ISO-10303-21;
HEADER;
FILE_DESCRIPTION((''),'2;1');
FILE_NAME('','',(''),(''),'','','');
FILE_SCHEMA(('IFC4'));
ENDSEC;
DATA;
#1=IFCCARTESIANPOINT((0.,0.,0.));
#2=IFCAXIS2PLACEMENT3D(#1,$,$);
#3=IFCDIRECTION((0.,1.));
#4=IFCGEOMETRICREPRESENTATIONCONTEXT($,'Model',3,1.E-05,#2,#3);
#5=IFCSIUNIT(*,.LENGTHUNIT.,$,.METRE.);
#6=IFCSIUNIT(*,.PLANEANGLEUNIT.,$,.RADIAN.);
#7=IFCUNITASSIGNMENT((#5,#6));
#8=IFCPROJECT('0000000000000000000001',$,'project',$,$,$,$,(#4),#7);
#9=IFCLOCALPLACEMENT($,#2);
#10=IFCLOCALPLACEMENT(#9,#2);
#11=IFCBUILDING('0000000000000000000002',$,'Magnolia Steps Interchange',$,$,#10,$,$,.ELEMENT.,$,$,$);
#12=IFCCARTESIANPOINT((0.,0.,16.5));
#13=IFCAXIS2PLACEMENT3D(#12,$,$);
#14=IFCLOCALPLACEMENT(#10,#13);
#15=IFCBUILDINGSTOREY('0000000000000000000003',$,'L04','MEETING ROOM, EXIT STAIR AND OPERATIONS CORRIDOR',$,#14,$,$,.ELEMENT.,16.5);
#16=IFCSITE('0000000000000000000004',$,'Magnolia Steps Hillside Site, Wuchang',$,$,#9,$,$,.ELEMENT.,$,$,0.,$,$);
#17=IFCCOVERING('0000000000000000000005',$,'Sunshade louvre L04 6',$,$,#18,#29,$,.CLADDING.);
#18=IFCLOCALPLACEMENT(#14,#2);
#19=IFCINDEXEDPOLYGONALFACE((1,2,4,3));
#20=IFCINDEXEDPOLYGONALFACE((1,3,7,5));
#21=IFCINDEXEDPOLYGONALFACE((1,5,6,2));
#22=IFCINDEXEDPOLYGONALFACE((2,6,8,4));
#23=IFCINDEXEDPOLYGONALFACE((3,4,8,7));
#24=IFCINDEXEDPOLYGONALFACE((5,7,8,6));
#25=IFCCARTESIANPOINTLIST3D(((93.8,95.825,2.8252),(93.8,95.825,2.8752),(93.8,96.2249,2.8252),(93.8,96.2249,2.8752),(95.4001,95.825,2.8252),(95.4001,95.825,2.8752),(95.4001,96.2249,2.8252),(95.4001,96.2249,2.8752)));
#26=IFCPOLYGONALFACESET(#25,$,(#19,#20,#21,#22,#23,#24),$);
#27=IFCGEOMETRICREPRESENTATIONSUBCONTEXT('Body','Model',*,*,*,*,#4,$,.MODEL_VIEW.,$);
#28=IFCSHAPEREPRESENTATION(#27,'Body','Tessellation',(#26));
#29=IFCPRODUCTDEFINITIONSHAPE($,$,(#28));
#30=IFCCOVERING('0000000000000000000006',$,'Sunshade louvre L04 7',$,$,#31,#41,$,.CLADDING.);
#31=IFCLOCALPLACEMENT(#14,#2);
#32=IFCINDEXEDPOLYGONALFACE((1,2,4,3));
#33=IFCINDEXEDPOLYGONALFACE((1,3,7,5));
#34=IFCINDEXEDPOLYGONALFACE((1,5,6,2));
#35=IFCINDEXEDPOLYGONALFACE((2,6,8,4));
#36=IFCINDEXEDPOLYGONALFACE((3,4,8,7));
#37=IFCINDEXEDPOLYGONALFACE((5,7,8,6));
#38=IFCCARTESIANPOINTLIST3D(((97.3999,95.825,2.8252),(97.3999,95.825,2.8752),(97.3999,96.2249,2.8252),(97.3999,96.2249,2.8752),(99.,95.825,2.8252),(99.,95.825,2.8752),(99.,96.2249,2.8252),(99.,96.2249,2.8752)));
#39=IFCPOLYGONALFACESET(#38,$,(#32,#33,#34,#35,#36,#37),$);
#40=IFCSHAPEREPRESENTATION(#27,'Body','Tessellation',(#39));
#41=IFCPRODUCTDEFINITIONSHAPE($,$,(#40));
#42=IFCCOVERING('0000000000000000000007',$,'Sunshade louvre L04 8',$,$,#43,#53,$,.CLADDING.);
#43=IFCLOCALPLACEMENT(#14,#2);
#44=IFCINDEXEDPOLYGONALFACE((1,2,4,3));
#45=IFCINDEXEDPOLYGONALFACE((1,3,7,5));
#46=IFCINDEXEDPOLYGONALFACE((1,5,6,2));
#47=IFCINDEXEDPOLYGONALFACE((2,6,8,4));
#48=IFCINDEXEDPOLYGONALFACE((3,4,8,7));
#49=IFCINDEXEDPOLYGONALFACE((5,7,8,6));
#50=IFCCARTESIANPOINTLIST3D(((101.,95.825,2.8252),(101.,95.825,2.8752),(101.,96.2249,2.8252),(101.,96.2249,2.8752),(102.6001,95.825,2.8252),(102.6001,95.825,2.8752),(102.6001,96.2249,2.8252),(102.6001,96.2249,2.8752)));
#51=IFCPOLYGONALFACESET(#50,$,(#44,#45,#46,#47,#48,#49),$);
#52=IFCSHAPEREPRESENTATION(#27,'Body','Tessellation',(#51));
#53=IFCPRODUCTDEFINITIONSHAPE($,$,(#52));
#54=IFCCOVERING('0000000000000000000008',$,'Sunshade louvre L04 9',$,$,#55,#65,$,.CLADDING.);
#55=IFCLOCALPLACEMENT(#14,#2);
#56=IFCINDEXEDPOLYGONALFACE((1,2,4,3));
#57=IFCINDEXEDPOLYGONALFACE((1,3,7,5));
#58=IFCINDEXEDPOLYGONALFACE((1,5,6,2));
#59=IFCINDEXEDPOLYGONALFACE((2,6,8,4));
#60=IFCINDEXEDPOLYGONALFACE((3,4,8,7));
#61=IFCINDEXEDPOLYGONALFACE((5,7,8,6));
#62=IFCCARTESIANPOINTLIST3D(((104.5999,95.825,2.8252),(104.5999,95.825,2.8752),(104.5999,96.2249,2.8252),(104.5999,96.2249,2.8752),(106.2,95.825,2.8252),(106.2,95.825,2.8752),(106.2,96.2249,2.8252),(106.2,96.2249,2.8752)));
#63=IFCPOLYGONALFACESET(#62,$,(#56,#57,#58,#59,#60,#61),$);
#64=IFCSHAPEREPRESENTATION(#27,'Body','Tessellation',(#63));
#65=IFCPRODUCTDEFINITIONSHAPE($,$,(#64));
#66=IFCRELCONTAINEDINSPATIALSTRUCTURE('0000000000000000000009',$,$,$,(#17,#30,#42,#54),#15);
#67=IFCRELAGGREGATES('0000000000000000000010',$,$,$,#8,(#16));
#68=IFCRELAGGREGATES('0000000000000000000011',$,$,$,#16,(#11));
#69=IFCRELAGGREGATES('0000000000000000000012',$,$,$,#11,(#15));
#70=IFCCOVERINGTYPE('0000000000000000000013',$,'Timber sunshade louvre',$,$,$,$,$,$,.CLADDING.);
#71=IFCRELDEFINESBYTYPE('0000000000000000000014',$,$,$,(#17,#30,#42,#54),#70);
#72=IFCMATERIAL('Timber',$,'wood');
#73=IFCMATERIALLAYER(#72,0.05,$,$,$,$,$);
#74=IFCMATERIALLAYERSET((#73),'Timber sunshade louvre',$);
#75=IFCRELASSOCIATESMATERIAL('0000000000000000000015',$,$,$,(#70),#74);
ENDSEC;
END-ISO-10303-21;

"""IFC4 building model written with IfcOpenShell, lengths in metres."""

from ifc_helpers import new_model, si_unit, direction, frame, origin, origin_2d, place, context, subcontext, project, spatial, rectangle, extrude, material, layer, layer_set, type_object, element, save


model = new_model("IFC4")

# Units and contexts
model_context = context("Model", 3, precision=1e-05, world=origin(), true_north=direction((0.0, 1.0)))
body_context = subcontext(model_context, "Body", "Model", "MODEL_VIEW")
ifc_project = project(units=[si_unit("LENGTHUNIT", "METRE"), si_unit("PLANEANGLEUNIT", "RADIAN")], contexts=[model_context])

# Site, building, storey
site_placement = place(None, origin())
site = spatial("IfcSite", under=ifc_project, at=site_placement, Name="Magnolia Steps Hillside Site, Wuchang", CompositionType="ELEMENT", RefElevation=0.0)
building_placement = place(site_placement, origin())
building = spatial("IfcBuilding", under=site, at=building_placement, Name="Magnolia Steps Interchange", CompositionType="ELEMENT")
storey_placement = place(building_placement, frame((0.0, 0.0, 16.5)))
storey = spatial("IfcBuildingStorey", under=building, at=storey_placement, Name="L04", Description="MEETING ROOM, EXIT STAIR AND OPERATIONS CORRIDOR", CompositionType="ELEMENT", Elevation=16.5)

# Coverings
ifc_material_1 = material(Name="Timber", Category="wood")
ifc_layer_1 = layer(ifc_material_1, 0.05)
ifc_layer_set_1 = layer_set([ifc_layer_1], Name="Timber sunshade louvre")
covering_type_1 = type_object("IfcCoveringType", Name="Timber sunshade louvre", PredefinedType="CLADDING", material=ifc_layer_set_1)
for number, where, z_axis, x_axis, name in (
    (1, (94.6001, 96.0249, 2.8252), (0.0, 0.0, 1.0), (1.0, 0.0, 0.0), "Sunshade louvre L04 6"),
    (2, (98.2, 96.0249, 2.8252), (0.0, 0.0, 1.0), (1.0, 0.0, 0.0), "Sunshade louvre L04 7"),
    (3, (101.8, 96.0249, 2.8252), (0.0, 0.0, 1.0), (1.0, 0.0, 0.0), "Sunshade louvre L04 8"),
    (4, (105.3999, 96.0249, 2.8252), (0.0, 0.0, 1.0), (1.0, 0.0, 0.0), "Sunshade louvre L04 9"),
):
    element("IfcCovering", number, at=place(storey_placement, frame(where, z_axis=z_axis, x_axis=x_axis)), inside=storey, type_object=covering_type_1, Name=name, PredefinedType="CLADDING", context=body_context, shape_type="SweptSolid", body=[
        extrude(rectangle(XDim=1.6001, YDim=0.3999, at=origin_2d()), origin(), (0.0, 0.0, 1.0), 0.05),
    ])

save(model, "model.ifc")
